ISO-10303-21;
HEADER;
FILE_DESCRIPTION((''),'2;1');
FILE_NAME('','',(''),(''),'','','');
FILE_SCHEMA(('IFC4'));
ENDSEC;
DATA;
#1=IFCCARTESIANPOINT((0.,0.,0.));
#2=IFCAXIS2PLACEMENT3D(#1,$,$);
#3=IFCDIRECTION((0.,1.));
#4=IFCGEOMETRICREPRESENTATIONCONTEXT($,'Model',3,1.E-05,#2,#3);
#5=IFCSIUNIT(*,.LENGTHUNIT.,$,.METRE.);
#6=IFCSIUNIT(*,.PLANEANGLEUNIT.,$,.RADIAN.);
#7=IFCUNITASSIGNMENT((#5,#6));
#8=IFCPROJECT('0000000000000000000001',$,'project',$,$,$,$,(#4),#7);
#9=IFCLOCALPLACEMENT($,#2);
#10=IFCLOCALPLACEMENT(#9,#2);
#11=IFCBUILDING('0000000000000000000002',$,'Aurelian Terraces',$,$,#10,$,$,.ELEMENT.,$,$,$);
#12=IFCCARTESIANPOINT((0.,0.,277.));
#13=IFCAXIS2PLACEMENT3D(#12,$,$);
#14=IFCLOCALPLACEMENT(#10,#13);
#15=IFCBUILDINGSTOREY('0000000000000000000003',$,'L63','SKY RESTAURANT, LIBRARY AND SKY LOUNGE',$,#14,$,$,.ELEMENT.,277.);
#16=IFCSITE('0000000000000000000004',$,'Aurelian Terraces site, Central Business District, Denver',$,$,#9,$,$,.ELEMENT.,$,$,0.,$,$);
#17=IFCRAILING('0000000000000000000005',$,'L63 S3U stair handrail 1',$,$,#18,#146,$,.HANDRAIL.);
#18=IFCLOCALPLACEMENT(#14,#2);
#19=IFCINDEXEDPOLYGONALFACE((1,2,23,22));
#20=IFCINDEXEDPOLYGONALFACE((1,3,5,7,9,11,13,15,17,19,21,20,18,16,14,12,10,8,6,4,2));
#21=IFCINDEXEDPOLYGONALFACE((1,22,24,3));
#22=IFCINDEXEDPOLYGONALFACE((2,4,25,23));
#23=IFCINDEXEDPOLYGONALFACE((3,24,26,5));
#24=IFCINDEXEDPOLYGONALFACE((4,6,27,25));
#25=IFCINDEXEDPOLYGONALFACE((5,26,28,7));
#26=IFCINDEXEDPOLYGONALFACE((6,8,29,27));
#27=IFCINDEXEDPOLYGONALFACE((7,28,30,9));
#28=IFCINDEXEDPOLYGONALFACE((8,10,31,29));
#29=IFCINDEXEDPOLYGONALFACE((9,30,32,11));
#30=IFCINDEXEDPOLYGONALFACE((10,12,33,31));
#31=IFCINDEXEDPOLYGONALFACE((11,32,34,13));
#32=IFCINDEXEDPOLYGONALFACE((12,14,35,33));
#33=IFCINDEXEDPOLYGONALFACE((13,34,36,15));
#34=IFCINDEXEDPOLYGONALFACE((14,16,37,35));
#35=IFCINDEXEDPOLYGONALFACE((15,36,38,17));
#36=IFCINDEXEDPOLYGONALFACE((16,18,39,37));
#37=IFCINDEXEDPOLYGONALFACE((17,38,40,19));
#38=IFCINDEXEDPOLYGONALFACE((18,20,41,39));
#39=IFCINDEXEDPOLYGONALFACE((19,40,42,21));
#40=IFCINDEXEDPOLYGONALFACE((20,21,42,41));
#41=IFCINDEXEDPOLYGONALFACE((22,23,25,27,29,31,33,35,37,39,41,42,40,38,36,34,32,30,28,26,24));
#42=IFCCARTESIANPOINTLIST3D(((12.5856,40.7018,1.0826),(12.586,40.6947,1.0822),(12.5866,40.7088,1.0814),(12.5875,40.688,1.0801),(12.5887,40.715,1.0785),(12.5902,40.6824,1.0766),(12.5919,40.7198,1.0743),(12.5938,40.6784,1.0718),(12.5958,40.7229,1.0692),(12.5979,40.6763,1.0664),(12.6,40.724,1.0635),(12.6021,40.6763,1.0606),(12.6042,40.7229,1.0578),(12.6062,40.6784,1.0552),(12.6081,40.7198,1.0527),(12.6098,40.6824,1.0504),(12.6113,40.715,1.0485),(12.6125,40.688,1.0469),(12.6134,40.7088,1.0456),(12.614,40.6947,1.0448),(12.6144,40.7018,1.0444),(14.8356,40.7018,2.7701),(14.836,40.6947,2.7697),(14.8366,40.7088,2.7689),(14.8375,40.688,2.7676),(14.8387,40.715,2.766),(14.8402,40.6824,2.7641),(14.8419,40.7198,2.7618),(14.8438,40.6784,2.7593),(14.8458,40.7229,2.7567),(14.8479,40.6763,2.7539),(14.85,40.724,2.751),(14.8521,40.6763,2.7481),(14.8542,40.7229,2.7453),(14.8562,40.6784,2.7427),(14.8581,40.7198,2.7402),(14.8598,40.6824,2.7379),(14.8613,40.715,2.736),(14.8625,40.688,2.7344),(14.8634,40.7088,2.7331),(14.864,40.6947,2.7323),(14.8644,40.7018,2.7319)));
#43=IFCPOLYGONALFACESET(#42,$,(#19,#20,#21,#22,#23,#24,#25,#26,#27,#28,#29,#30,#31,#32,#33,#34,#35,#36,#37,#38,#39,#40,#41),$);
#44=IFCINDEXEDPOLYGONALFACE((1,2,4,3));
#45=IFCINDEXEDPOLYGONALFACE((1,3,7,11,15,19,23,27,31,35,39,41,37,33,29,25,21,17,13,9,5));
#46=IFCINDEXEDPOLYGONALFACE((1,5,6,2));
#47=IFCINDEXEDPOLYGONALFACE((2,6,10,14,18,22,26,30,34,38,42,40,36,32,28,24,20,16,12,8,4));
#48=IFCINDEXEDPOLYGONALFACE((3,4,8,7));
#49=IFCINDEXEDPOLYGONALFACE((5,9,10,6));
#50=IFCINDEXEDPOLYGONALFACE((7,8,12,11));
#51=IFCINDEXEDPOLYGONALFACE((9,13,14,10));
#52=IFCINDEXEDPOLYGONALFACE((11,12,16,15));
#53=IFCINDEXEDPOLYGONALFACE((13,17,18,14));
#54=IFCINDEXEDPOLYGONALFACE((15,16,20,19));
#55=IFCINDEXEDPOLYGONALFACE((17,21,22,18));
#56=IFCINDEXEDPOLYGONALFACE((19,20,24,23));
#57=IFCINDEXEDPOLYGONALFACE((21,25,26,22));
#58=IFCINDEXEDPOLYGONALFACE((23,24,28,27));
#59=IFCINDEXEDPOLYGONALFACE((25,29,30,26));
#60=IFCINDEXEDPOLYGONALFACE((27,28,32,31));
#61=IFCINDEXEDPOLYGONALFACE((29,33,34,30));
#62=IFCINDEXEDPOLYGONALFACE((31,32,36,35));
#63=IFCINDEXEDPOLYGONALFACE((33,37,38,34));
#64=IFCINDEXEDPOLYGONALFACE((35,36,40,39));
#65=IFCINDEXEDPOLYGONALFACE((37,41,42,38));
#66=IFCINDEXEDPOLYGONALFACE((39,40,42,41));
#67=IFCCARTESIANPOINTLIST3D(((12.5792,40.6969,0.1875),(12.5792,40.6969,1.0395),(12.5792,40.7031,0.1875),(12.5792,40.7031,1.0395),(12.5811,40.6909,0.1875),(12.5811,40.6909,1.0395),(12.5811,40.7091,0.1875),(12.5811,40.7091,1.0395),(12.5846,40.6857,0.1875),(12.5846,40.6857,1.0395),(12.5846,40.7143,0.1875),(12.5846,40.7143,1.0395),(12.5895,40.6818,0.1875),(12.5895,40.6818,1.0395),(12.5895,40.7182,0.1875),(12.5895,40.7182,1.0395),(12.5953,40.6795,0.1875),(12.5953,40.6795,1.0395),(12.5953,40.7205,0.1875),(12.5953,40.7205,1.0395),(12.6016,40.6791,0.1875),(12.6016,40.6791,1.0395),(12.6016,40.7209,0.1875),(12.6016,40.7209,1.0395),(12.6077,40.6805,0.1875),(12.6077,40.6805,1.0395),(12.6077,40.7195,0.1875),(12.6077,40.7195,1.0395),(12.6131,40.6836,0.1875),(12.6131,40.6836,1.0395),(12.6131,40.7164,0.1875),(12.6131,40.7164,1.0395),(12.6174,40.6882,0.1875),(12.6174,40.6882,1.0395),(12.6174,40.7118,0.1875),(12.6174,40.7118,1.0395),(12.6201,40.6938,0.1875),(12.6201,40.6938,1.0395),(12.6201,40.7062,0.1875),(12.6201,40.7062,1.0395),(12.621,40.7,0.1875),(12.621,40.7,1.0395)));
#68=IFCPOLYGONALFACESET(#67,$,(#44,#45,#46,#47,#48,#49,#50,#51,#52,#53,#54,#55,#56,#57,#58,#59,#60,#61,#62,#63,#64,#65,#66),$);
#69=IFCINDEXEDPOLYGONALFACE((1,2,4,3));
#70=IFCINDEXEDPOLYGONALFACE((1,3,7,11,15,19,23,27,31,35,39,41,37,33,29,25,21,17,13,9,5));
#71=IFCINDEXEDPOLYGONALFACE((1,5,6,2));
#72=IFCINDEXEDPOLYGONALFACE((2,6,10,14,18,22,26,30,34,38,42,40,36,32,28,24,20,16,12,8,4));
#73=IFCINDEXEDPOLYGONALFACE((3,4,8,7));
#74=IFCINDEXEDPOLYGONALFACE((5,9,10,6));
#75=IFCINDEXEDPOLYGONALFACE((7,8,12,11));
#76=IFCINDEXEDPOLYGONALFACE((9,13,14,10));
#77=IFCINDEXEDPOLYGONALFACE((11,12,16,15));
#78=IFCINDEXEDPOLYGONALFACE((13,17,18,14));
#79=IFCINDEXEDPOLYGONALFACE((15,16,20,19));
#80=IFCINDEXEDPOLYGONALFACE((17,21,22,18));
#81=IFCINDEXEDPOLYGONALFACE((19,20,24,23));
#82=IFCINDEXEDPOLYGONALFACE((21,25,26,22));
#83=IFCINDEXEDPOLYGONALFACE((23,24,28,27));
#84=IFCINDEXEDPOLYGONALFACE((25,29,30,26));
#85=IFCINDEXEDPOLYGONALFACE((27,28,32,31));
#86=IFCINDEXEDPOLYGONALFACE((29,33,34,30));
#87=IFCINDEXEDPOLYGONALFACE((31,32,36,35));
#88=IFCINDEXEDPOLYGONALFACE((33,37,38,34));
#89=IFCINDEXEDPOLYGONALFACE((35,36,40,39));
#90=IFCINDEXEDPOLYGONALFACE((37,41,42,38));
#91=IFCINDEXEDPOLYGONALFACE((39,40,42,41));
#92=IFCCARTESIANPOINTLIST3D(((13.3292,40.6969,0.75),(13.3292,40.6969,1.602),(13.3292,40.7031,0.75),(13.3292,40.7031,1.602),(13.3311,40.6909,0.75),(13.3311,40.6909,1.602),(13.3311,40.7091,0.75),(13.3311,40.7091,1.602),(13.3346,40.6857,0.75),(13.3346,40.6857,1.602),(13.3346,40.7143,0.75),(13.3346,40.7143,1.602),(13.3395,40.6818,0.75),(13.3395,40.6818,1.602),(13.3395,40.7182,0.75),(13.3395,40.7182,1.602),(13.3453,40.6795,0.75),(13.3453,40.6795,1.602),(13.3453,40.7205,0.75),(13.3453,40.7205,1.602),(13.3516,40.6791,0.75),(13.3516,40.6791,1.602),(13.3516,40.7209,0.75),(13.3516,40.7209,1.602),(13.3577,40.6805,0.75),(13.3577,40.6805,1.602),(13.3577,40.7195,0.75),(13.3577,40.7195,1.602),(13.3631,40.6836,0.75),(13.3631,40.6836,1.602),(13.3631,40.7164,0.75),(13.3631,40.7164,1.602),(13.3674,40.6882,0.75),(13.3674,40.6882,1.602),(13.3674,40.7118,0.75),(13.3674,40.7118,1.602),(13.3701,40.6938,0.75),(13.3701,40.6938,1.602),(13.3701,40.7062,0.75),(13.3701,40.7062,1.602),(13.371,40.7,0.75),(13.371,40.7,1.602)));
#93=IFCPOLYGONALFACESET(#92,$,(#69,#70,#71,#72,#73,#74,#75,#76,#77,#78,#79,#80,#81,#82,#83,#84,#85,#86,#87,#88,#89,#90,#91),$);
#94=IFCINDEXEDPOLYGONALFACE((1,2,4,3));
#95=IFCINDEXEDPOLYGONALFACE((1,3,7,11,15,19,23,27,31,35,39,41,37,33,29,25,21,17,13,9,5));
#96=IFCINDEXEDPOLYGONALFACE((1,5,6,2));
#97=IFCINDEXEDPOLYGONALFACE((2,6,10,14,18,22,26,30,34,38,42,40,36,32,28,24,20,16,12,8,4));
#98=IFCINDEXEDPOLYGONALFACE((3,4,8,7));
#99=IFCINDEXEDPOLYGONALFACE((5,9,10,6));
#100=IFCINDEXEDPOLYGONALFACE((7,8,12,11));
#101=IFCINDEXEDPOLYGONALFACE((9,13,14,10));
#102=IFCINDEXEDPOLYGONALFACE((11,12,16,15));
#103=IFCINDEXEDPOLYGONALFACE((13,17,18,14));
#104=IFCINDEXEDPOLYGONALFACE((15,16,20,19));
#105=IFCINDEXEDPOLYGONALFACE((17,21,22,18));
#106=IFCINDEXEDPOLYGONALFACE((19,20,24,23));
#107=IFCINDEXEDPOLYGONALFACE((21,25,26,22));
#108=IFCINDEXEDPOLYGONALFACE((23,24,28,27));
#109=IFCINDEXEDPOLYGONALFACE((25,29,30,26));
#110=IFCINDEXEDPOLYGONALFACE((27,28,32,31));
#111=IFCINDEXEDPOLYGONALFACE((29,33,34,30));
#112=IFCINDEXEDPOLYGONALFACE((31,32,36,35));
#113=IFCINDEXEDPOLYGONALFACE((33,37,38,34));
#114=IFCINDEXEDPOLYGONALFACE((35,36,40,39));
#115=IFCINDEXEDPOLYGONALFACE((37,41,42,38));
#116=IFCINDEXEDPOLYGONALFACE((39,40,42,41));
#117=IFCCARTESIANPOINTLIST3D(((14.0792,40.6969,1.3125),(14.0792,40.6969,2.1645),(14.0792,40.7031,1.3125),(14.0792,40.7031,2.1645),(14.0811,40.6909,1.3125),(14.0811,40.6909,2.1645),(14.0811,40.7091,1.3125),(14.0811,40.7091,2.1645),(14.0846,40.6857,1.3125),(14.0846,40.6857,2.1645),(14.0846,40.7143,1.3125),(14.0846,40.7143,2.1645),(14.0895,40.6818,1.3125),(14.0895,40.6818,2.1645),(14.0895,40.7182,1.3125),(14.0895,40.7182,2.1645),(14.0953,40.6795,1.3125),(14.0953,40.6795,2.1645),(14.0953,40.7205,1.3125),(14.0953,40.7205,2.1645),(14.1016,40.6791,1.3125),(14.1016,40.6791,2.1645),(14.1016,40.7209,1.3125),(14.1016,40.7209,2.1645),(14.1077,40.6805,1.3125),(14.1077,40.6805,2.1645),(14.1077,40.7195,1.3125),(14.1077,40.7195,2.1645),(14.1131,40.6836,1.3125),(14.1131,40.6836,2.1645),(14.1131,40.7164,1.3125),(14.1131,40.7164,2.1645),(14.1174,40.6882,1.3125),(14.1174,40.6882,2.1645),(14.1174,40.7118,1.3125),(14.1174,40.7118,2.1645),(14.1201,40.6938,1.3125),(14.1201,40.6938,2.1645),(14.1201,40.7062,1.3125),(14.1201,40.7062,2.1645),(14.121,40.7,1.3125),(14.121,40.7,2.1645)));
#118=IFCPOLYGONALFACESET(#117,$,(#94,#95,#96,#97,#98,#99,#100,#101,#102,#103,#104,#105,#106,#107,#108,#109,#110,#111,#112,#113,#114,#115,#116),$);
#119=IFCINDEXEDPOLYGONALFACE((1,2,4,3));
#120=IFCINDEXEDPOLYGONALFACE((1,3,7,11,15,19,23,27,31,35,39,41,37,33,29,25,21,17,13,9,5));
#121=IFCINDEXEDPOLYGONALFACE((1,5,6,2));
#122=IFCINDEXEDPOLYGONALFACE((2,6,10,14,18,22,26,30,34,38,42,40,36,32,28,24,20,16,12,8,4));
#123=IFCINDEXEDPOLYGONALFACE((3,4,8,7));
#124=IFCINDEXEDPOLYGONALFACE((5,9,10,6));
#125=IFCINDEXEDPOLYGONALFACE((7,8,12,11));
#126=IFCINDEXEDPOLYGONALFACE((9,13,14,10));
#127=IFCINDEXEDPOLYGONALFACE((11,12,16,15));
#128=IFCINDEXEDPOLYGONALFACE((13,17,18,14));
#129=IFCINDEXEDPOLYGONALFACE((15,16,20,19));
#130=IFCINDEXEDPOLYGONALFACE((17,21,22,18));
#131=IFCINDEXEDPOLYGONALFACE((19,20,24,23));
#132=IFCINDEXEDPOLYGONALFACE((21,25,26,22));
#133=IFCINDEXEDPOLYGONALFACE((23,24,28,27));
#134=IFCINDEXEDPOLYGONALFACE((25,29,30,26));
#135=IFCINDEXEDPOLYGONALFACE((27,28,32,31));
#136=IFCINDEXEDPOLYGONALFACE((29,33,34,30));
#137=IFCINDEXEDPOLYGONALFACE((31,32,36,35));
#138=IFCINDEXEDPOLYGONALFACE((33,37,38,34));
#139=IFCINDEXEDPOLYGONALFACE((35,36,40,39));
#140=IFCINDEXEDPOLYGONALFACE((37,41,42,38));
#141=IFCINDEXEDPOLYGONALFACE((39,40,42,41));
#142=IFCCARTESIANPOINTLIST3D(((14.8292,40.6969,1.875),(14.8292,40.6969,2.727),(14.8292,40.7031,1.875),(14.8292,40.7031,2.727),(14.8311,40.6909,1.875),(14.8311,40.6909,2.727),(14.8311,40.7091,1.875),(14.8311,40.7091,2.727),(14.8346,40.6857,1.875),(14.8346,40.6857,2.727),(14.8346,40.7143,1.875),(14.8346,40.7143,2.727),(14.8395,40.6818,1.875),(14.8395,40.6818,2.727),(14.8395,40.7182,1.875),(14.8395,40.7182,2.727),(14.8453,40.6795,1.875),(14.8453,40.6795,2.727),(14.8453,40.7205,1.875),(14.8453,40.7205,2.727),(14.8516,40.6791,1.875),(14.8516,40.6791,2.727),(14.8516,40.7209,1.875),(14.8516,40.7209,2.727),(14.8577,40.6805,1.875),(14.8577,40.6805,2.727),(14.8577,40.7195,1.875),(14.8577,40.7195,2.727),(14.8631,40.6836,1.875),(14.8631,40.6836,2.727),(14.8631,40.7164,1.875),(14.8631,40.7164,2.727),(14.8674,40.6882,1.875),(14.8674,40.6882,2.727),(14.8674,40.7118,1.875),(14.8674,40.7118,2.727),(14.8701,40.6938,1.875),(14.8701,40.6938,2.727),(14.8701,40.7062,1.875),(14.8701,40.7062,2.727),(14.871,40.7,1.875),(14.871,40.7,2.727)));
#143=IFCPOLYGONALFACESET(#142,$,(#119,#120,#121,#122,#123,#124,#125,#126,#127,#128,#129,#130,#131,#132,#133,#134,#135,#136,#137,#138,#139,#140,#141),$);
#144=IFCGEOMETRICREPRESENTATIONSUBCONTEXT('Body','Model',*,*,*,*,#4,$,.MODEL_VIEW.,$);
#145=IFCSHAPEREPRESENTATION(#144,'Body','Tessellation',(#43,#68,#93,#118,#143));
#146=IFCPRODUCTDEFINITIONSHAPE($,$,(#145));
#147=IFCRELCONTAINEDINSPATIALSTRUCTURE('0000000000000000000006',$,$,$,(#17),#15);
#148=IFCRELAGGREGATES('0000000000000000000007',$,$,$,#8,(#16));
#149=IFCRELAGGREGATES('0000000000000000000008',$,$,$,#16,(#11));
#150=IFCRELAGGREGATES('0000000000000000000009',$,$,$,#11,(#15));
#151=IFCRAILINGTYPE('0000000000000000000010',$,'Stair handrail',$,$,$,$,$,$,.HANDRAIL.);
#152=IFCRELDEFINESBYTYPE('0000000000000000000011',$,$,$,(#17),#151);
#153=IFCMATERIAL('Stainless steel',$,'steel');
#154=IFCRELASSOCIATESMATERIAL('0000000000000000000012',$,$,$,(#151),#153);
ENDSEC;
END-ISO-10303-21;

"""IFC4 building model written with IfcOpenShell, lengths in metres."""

from ifc_helpers import new_model, si_unit, direction, frame, origin, origin_2d, place, context, subcontext, project, spatial, circle, extrude, source, transform, mapped, material, type_object, element, save


model = new_model("IFC4")

# Units and contexts
model_context = context("Model", 3, precision=1e-05, world=origin(), true_north=direction((0.0, 1.0)))
body_context = subcontext(model_context, "Body", "Model", "MODEL_VIEW")
ifc_project = project(units=[si_unit("LENGTHUNIT", "METRE"), si_unit("PLANEANGLEUNIT", "RADIAN")], contexts=[model_context])

# Site, building, storey
site_placement = place(None, origin())
site = spatial("IfcSite", under=ifc_project, at=site_placement, Name="Aurelian Terraces site, Central Business District, Denver", CompositionType="ELEMENT", RefElevation=0.0)
building_placement = place(site_placement, origin())
building = spatial("IfcBuilding", under=site, at=building_placement, Name="Aurelian Terraces", CompositionType="ELEMENT")
storey_placement = place(building_placement, frame((0.0, 0.0, 277.0)))
storey = spatial("IfcBuildingStorey", under=building, at=storey_placement, Name="L63", Description="SKY RESTAURANT, LIBRARY AND SKY LOUNGE", CompositionType="ELEMENT", Elevation=277.0)

# Railing
ifc_material_1 = material(Name="Stainless steel", Category="steel")
railing_type_1 = type_object("IfcRailingType", Name="Stair handrail", PredefinedType="HANDRAIL", material=ifc_material_1)
shared_shape_1 = source(origin(), body_context, "Body", "SweptSolid", [
    extrude(circle(Radius=0.024, at=origin_2d()), frame((0.0, 0.0, 0.876), z_axis=(0.8, 0.0, 0.6), x_axis=(0.0, 1.0, 0.0)), (0.0, 0.0, 1.0), 2.8125),
    extrude(circle(Radius=0.021, at=origin_2d()), origin(), (0.0, 0.0, 1.0), 0.852),
    extrude(circle(Radius=0.021, at=origin_2d()), frame((0.75, 0.0, 0.5625)), (0.0, 0.0, 1.0), 0.852),
    extrude(circle(Radius=0.021, at=origin_2d()), frame((1.5, 0.0, 1.125)), (0.0, 0.0, 1.0), 0.852),
    extrude(circle(Radius=0.021, at=origin_2d()), frame((2.25, 0.0, 1.6875)), (0.0, 0.0, 1.0), 0.852),
])
for number, where, name in (
    (1, (12.6, 40.7, 0.1875), "L63 S3U stair handrail 1"),
):
    element("IfcRailing", number, at=place(storey_placement, frame(where)), inside=storey, type_object=railing_type_1, Name=name, PredefinedType="HANDRAIL", context=body_context, shape_type="MappedRepresentation", body=[
        mapped(shared_shape_1, transform((0.0, 0.0, 0.0), scale=1.0)),
    ])

save(model, "model.ifc")
